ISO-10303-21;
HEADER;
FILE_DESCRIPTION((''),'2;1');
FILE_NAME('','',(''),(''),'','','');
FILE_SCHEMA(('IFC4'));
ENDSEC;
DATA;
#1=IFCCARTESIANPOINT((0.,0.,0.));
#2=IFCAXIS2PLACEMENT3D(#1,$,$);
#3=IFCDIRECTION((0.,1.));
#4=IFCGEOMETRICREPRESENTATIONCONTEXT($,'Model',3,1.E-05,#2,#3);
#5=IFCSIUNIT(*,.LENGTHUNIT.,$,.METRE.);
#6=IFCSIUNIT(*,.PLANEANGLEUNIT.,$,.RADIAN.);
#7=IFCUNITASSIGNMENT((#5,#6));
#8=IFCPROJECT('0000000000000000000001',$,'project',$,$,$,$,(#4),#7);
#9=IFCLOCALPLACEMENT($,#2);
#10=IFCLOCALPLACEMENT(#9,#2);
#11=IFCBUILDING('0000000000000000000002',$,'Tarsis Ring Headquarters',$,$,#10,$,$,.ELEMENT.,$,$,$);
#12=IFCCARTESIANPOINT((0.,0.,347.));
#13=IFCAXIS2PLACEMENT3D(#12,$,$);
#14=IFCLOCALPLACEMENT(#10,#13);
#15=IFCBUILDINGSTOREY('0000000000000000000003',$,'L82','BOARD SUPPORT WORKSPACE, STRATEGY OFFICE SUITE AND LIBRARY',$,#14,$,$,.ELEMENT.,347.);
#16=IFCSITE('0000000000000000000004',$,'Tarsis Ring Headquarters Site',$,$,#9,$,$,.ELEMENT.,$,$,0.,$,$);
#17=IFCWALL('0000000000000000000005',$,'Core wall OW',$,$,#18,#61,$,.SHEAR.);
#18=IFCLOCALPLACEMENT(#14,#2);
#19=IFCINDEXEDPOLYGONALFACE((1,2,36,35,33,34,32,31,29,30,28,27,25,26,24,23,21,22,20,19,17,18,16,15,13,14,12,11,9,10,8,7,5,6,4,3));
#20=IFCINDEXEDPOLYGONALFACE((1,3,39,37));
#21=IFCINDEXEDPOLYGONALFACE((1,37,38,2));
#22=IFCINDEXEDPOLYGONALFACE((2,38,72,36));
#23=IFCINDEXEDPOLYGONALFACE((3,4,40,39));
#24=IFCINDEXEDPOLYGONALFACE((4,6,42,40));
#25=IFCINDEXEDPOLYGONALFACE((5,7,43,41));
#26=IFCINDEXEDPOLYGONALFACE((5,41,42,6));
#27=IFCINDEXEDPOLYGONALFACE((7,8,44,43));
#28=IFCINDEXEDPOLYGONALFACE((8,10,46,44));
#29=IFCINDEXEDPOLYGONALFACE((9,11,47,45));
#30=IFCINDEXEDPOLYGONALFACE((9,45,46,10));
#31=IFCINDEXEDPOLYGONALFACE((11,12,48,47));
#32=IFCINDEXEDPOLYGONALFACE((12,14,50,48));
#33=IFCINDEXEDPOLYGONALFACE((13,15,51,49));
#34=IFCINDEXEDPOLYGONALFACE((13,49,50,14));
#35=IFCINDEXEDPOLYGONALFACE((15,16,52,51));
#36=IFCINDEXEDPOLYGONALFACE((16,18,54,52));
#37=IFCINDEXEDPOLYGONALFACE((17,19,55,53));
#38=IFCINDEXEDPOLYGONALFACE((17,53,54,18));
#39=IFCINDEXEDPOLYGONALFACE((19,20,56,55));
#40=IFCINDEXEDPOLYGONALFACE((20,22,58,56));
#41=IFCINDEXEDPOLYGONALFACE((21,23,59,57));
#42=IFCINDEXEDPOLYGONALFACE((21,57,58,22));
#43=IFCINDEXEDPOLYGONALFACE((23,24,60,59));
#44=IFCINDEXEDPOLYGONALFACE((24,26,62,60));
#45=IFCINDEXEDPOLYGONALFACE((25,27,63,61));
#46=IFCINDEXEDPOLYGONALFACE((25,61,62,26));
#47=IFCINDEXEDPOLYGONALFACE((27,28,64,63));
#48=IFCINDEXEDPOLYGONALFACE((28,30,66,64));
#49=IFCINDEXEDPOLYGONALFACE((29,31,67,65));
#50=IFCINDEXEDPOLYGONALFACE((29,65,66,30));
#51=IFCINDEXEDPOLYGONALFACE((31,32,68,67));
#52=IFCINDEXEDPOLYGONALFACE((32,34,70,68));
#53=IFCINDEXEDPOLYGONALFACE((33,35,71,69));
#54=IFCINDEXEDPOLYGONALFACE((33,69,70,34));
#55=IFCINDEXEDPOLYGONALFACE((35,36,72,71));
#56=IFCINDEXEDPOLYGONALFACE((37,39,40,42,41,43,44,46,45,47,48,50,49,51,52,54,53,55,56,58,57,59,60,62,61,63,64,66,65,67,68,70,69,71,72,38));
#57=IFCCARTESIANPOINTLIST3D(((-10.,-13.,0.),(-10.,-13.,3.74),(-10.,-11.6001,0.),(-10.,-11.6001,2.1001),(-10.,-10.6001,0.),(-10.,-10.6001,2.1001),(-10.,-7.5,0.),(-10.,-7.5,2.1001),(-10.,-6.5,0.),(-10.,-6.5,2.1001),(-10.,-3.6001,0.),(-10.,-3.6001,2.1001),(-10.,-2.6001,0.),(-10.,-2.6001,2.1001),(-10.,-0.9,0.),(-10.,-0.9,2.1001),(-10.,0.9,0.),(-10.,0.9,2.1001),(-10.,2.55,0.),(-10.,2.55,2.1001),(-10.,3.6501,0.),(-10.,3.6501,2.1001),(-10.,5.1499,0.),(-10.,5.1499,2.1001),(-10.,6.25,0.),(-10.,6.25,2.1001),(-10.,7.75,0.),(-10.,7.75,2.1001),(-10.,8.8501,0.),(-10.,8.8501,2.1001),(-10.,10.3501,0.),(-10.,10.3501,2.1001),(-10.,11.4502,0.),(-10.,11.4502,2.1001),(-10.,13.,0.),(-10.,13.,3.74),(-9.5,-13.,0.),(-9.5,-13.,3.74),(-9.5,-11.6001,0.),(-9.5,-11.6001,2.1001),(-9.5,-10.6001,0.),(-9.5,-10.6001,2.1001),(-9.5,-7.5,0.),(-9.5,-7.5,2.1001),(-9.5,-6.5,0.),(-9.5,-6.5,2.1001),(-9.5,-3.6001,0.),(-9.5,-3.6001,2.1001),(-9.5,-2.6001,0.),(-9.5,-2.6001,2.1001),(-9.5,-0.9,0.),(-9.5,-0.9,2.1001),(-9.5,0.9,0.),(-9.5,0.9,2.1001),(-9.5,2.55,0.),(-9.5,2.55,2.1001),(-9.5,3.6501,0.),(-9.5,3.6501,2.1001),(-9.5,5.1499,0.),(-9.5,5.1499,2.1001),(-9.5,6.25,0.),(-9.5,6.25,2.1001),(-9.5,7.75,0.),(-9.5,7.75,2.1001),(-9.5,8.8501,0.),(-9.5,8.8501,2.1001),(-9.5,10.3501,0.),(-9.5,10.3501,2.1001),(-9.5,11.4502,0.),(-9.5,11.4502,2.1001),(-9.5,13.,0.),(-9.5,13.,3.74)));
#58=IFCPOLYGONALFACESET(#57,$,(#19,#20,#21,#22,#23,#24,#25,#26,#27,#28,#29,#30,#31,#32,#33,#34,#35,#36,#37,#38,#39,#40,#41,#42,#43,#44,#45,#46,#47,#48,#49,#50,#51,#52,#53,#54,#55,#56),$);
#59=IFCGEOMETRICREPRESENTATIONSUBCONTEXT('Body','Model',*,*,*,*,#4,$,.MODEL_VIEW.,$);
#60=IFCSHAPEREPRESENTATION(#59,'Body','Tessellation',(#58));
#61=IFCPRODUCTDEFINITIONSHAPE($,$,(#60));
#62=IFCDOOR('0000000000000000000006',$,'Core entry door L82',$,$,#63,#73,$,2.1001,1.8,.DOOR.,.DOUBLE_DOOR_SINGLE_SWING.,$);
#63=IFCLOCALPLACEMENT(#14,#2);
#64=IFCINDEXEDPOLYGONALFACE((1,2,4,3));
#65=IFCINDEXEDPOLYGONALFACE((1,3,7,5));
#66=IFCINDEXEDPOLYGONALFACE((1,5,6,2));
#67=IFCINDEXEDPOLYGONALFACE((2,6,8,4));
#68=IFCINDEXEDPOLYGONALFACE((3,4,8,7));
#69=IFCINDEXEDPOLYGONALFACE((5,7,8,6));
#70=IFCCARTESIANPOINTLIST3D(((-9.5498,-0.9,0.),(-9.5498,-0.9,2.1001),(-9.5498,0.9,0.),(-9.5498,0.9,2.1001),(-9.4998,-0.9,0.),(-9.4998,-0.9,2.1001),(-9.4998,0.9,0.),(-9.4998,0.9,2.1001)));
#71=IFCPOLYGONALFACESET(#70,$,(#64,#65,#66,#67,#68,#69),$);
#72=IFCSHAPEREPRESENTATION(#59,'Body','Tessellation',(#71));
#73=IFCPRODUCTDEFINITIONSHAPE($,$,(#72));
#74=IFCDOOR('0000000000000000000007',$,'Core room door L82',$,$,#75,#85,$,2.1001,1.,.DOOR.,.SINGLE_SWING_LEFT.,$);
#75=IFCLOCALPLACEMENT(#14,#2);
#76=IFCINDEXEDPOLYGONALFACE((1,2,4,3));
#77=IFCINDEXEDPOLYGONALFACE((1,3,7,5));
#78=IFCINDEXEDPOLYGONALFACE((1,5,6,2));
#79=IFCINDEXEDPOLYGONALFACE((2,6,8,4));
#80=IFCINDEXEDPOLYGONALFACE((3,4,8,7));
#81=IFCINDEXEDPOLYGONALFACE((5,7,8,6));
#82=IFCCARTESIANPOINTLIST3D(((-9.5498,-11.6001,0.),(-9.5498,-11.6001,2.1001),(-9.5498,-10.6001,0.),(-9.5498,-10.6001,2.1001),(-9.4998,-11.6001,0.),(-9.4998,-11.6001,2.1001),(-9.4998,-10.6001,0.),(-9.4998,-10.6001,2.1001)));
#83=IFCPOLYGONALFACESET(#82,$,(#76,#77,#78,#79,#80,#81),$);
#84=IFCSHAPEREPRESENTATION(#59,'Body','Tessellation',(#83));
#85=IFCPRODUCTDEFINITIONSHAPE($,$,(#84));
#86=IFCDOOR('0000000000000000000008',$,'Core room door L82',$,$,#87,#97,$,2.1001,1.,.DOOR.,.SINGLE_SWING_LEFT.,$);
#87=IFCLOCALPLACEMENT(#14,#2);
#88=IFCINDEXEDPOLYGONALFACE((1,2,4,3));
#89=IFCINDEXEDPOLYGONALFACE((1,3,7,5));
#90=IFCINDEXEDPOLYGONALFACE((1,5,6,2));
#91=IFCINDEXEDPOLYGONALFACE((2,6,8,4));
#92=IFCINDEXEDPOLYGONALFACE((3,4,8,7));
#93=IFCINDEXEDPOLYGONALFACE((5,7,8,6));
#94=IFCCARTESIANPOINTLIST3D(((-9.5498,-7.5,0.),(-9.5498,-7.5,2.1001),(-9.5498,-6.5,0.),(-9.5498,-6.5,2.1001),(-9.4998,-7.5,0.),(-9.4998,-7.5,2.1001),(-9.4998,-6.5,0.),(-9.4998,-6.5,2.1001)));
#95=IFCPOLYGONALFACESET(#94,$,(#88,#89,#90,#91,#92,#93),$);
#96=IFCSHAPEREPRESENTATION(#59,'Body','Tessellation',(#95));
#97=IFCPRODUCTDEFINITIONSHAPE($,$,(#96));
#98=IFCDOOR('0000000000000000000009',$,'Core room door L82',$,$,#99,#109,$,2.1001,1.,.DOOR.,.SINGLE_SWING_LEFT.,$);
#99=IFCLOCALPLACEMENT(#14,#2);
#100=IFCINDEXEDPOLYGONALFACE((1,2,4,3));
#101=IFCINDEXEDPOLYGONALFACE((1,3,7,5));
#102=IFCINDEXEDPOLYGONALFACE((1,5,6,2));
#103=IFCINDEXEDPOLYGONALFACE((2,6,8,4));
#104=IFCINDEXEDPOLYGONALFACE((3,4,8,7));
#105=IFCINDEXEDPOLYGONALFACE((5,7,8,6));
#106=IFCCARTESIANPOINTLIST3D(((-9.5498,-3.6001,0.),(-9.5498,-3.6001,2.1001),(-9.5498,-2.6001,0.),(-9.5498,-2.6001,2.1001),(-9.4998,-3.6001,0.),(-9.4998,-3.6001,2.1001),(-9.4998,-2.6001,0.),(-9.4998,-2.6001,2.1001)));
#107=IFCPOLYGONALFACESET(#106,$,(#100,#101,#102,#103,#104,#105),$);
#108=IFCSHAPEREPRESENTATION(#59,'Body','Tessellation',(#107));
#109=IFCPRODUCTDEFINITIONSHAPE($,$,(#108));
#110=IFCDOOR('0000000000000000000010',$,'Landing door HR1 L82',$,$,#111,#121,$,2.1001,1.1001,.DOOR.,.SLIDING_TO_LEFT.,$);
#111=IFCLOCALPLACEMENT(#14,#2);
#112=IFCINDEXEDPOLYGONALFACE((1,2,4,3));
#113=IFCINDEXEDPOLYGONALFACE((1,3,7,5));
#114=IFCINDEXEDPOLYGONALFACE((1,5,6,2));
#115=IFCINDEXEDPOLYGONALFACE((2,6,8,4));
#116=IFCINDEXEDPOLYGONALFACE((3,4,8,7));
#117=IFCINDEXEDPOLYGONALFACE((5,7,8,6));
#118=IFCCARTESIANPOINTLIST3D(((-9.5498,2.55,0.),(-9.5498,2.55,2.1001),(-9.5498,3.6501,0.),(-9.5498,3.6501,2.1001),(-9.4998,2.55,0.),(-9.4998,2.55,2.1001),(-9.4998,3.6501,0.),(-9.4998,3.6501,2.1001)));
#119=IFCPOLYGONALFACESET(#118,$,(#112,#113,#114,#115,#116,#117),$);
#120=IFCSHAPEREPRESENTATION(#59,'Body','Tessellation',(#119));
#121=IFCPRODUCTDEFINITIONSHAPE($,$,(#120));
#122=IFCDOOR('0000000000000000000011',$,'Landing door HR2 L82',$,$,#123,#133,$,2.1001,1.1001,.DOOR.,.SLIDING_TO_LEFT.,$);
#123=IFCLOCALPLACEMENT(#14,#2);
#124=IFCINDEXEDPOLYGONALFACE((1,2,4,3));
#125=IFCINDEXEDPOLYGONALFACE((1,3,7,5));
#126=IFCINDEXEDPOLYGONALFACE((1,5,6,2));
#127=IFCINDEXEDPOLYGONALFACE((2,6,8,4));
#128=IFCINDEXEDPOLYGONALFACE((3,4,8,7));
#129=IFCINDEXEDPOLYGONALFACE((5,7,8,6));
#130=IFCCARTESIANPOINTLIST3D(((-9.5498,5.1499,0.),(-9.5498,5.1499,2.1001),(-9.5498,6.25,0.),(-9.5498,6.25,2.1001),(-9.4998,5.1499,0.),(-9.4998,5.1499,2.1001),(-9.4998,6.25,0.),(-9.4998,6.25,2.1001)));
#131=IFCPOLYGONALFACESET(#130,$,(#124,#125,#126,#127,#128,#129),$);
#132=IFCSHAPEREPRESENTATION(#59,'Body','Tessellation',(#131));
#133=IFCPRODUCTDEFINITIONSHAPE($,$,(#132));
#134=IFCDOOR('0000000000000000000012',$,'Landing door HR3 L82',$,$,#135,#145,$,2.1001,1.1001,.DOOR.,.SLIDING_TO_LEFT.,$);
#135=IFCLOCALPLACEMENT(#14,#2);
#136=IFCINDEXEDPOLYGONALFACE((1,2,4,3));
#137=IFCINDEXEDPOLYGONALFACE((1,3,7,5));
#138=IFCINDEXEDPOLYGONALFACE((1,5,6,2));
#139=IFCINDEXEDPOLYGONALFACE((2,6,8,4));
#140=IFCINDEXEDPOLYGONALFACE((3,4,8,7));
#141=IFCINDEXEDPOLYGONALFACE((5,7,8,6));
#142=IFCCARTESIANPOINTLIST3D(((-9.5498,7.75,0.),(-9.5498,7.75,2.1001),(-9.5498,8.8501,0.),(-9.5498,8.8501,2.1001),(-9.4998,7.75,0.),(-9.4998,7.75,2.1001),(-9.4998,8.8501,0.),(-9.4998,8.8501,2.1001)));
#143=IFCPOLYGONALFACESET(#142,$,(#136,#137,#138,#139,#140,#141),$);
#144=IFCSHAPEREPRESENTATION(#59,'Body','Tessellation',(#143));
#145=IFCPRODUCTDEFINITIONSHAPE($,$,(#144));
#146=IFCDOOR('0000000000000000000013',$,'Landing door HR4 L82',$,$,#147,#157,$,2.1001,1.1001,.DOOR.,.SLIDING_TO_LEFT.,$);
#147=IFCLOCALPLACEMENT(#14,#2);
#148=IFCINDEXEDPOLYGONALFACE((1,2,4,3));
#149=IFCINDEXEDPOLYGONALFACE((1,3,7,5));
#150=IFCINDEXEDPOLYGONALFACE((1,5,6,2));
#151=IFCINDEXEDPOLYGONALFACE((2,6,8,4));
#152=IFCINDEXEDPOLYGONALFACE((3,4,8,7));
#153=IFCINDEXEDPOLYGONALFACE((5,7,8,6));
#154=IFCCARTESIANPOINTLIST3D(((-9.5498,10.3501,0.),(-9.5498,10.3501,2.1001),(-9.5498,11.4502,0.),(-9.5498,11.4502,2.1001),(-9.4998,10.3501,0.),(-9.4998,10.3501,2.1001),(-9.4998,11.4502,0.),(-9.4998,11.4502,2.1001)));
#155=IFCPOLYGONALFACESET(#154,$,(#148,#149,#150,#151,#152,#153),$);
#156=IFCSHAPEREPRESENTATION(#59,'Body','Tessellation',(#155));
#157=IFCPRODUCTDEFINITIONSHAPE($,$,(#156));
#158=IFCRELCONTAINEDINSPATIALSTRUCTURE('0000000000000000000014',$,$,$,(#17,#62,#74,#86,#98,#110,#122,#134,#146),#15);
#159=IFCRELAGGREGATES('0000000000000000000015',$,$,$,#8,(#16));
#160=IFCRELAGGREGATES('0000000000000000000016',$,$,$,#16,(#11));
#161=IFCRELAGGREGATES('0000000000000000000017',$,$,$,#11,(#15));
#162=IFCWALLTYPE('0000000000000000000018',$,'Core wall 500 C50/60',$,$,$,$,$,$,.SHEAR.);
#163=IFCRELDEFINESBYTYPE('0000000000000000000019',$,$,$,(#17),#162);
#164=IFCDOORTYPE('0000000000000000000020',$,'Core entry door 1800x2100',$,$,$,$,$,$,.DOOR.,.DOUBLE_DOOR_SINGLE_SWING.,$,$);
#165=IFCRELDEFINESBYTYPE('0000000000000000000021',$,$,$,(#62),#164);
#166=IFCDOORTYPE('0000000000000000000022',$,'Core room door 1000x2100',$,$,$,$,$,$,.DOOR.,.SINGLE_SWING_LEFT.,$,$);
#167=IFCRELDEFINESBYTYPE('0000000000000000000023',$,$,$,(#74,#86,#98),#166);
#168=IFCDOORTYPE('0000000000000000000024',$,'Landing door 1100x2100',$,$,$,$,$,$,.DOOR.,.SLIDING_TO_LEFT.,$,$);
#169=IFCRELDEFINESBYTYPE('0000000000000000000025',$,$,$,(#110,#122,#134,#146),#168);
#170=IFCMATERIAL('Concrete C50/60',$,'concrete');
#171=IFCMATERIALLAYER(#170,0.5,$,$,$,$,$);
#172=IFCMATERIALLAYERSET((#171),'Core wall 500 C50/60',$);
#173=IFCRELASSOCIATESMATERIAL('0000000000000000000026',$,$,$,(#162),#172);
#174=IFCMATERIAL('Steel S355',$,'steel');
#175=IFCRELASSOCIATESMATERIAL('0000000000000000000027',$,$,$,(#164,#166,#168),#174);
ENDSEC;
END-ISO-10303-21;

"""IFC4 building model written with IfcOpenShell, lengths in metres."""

from ifc_helpers import new_model, si_unit, direction, frame, frame_2d, origin, place, context, subcontext, project, spatial, rectangle, extrude, material, layer, layer_set, type_object, element, fill, save


model = new_model("IFC4")

# Units and contexts
model_context = context("Model", 3, precision=1e-05, world=origin(), true_north=direction((0.0, 1.0)))
body_context = subcontext(model_context, "Body", "Model", "MODEL_VIEW")
ifc_project = project(units=[si_unit("LENGTHUNIT", "METRE"), si_unit("PLANEANGLEUNIT", "RADIAN")], contexts=[model_context])

# Site, building, storey
site_placement = place(None, origin())
site = spatial("IfcSite", under=ifc_project, at=site_placement, Name="Tarsis Ring Headquarters Site", CompositionType="ELEMENT", RefElevation=0.0)
building_placement = place(site_placement, origin())
building = spatial("IfcBuilding", under=site, at=building_placement, Name="Tarsis Ring Headquarters", CompositionType="ELEMENT")
storey_placement = place(building_placement, frame((0.0, 0.0, 347.0)))
storey = spatial("IfcBuildingStorey", under=building, at=storey_placement, Name="L82", Description="BOARD SUPPORT WORKSPACE, STRATEGY OFFICE SUITE AND LIBRARY", CompositionType="ELEMENT", Elevation=347.0)

# Wall, openings, doors
ifc_material_1 = material(Name="Concrete C50/60", Category="concrete")
ifc_layer_1 = layer(ifc_material_1, 0.5)
ifc_layer_set_1 = layer_set([ifc_layer_1], Name="Core wall 500 C50/60")
wall_type_1 = type_object("IfcWallType", Name="Core wall 500 C50/60", PredefinedType="SHEAR", material=ifc_layer_set_1)
wall_1_placement = place(storey_placement, frame((-9.75, -13.0, 0.0), z_axis=(0.0, 0.0, 1.0), x_axis=(0.0, 1.0, 0.0)))
wall_1 = element("IfcWall", 1, at=wall_1_placement, inside=storey, type_object=wall_type_1, Name="Core wall OW", PredefinedType="SHEAR", context=body_context, shape_type="SweptSolid", body=[
    extrude(rectangle(XDim=26.0, YDim=0.5, at=frame_2d((13.0, 0.0))), origin(), (0.0, 0.0, 1.0), 3.74),
])
opening_1_placement = place(wall_1_placement, frame((1.3999, 0.0, 0.0)))
opening_1 = element("IfcOpeningElement", 2, at=opening_1_placement, cuts=wall_1, PredefinedType="OPENING", context=body_context, shape_type="SweptSolid", body=[
    extrude(rectangle(XDim=1.0, YDim=2.1001, at=frame_2d((0.5, 1.05))), frame((0.0, 0.26, 0.0), z_axis=(0.0, -1.0, 0.0), x_axis=(1.0, 0.0, 0.0)), (0.0, 0.0, 1.0), 0.52),
])
opening_2_placement = place(wall_1_placement, frame((5.5, 0.0, 0.0)))
opening_2 = element("IfcOpeningElement", 3, at=opening_2_placement, cuts=wall_1, PredefinedType="OPENING", context=body_context, shape_type="SweptSolid", body=[
    extrude(rectangle(XDim=1.0, YDim=2.1001, at=frame_2d((0.5, 1.05))), frame((0.0, 0.26, 0.0), z_axis=(0.0, -1.0, 0.0), x_axis=(1.0, 0.0, 0.0)), (0.0, 0.0, 1.0), 0.52),
])
opening_3_placement = place(wall_1_placement, frame((9.3999, 0.0, 0.0)))
opening_3 = element("IfcOpeningElement", 4, at=opening_3_placement, cuts=wall_1, PredefinedType="OPENING", context=body_context, shape_type="SweptSolid", body=[
    extrude(rectangle(XDim=1.0, YDim=2.1001, at=frame_2d((0.5, 1.05))), frame((0.0, 0.26, 0.0), z_axis=(0.0, -1.0, 0.0), x_axis=(1.0, 0.0, 0.0)), (0.0, 0.0, 1.0), 0.52),
])
opening_4_placement = place(wall_1_placement, frame((12.1001, 0.0, 0.0)))
opening_4 = element("IfcOpeningElement", 5, at=opening_4_placement, cuts=wall_1, PredefinedType="OPENING", context=body_context, shape_type="SweptSolid", body=[
    extrude(rectangle(XDim=1.8, YDim=2.1001, at=frame_2d((0.8999, 1.05))), frame((0.0, 0.26, 0.0), z_axis=(0.0, -1.0, 0.0), x_axis=(1.0, 0.0, 0.0)), (0.0, 0.0, 1.0), 0.52),
])
opening_5_placement = place(wall_1_placement, frame((15.55, 0.0, 0.0)))
opening_5 = element("IfcOpeningElement", 6, at=opening_5_placement, cuts=wall_1, PredefinedType="OPENING", context=body_context, shape_type="SweptSolid", body=[
    extrude(rectangle(XDim=1.1001, YDim=2.1001, at=frame_2d((0.55, 1.05))), frame((0.0, 0.26, 0.0), z_axis=(0.0, -1.0, 0.0), x_axis=(1.0, 0.0, 0.0)), (0.0, 0.0, 1.0), 0.52),
])
opening_6_placement = place(wall_1_placement, frame((18.1499, 0.0, 0.0)))
opening_6 = element("IfcOpeningElement", 7, at=opening_6_placement, cuts=wall_1, PredefinedType="OPENING", context=body_context, shape_type="SweptSolid", body=[
    extrude(rectangle(XDim=1.1001, YDim=2.1001, at=frame_2d((0.55, 1.05))), frame((0.0, 0.26, 0.0), z_axis=(0.0, -1.0, 0.0), x_axis=(1.0, 0.0, 0.0)), (0.0, 0.0, 1.0), 0.52),
])
opening_7_placement = place(wall_1_placement, frame((20.75, 0.0, 0.0)))
opening_7 = element("IfcOpeningElement", 8, at=opening_7_placement, cuts=wall_1, PredefinedType="OPENING", context=body_context, shape_type="SweptSolid", body=[
    extrude(rectangle(XDim=1.1001, YDim=2.1001, at=frame_2d((0.55, 1.05))), frame((0.0, 0.26, 0.0), z_axis=(0.0, -1.0, 0.0), x_axis=(1.0, 0.0, 0.0)), (0.0, 0.0, 1.0), 0.52),
])
opening_8_placement = place(wall_1_placement, frame((23.3501, 0.0, 0.0)))
opening_8 = element("IfcOpeningElement", 9, at=opening_8_placement, cuts=wall_1, PredefinedType="OPENING", context=body_context, shape_type="SweptSolid", body=[
    extrude(rectangle(XDim=1.1001, YDim=2.1001, at=frame_2d((0.55, 1.05))), frame((0.0, 0.26, 0.0), z_axis=(0.0, -1.0, 0.0), x_axis=(1.0, 0.0, 0.0)), (0.0, 0.0, 1.0), 0.52),
])
ifc_material_2 = material(Name="Steel S355", Category="steel")
door_type_1 = type_object("IfcDoorType", Name="Core entry door 1800x2100", OperationType="DOUBLE_DOOR_SINGLE_SWING", PredefinedType="DOOR", material=ifc_material_2)
door_1_placement = place(opening_4_placement, origin())
door_1 = element("IfcDoor", 10, at=door_1_placement, inside=storey, type_object=door_type_1, Name="Core entry door L82", OperationType="DOUBLE_DOOR_SINGLE_SWING", OverallHeight=2.1001, OverallWidth=1.8, PredefinedType="DOOR", context=body_context, shape_type="SweptSolid", body=[
    extrude(rectangle(XDim=1.8, YDim=2.1001, at=frame_2d((0.8999, 1.05))), frame((0.0, -0.2002, 0.0), z_axis=(0.0, -1.0, 0.0), x_axis=(1.0, 0.0, 0.0)), (0.0, 0.0, 1.0), 0.05),
])
fill(opening_4, door_1)
door_type_2 = type_object("IfcDoorType", Name="Core room door 1000x2100", OperationType="SINGLE_SWING_LEFT", PredefinedType="DOOR", material=ifc_material_2)
door_2_placement = place(opening_1_placement, origin())
door_2 = element("IfcDoor", 11, at=door_2_placement, inside=storey, type_object=door_type_2, Name="Core room door L82", OperationType="SINGLE_SWING_LEFT", OverallHeight=2.1001, OverallWidth=1.0, PredefinedType="DOOR", context=body_context, shape_type="SweptSolid", body=[
    extrude(rectangle(XDim=1.0, YDim=2.1001, at=frame_2d((0.5, 1.05))), frame((0.0, -0.2002, 0.0), z_axis=(0.0, -1.0, 0.0), x_axis=(1.0, 0.0, 0.0)), (0.0, 0.0, 1.0), 0.05),
])
fill(opening_1, door_2)
door_3_placement = place(opening_2_placement, origin())
door_3 = element("IfcDoor", 12, at=door_3_placement, inside=storey, type_object=door_type_2, Name="Core room door L82", OperationType="SINGLE_SWING_LEFT", OverallHeight=2.1001, OverallWidth=1.0, PredefinedType="DOOR", context=body_context, shape_type="SweptSolid", body=[
    extrude(rectangle(XDim=1.0, YDim=2.1001, at=frame_2d((0.5, 1.05))), frame((0.0, -0.2002, 0.0), z_axis=(0.0, -1.0, 0.0), x_axis=(1.0, 0.0, 0.0)), (0.0, 0.0, 1.0), 0.05),
])
fill(opening_2, door_3)
door_4_placement = place(opening_3_placement, origin())
door_4 = element("IfcDoor", 13, at=door_4_placement, inside=storey, type_object=door_type_2, Name="Core room door L82", OperationType="SINGLE_SWING_LEFT", OverallHeight=2.1001, OverallWidth=1.0, PredefinedType="DOOR", context=body_context, shape_type="SweptSolid", body=[
    extrude(rectangle(XDim=1.0, YDim=2.1001, at=frame_2d((0.5, 1.05))), frame((0.0, -0.2002, 0.0), z_axis=(0.0, -1.0, 0.0), x_axis=(1.0, 0.0, 0.0)), (0.0, 0.0, 1.0), 0.05),
])
fill(opening_3, door_4)
door_type_3 = type_object("IfcDoorType", Name="Landing door 1100x2100", OperationType="SLIDING_TO_LEFT", PredefinedType="DOOR", material=ifc_material_2)
door_5_placement = place(opening_5_placement, origin())
door_5 = element("IfcDoor", 14, at=door_5_placement, inside=storey, type_object=door_type_3, Name="Landing door HR1 L82", OperationType="SLIDING_TO_LEFT", OverallHeight=2.1001, OverallWidth=1.1001, PredefinedType="DOOR", context=body_context, shape_type="SweptSolid", body=[
    extrude(rectangle(XDim=1.1001, YDim=2.1001, at=frame_2d((0.55, 1.05))), frame((0.0, -0.2002, 0.0), z_axis=(0.0, -1.0, 0.0), x_axis=(1.0, 0.0, 0.0)), (0.0, 0.0, 1.0), 0.05),
])
fill(opening_5, door_5)
door_6_placement = place(opening_6_placement, origin())
door_6 = element("IfcDoor", 15, at=door_6_placement, inside=storey, type_object=door_type_3, Name="Landing door HR2 L82", OperationType="SLIDING_TO_LEFT", OverallHeight=2.1001, OverallWidth=1.1001, PredefinedType="DOOR", context=body_context, shape_type="SweptSolid", body=[
    extrude(rectangle(XDim=1.1001, YDim=2.1001, at=frame_2d((0.55, 1.05))), frame((0.0, -0.2002, 0.0), z_axis=(0.0, -1.0, 0.0), x_axis=(1.0, 0.0, 0.0)), (0.0, 0.0, 1.0), 0.05),
])
fill(opening_6, door_6)
door_7_placement = place(opening_7_placement, origin())
door_7 = element("IfcDoor", 16, at=door_7_placement, inside=storey, type_object=door_type_3, Name="Landing door HR3 L82", OperationType="SLIDING_TO_LEFT", OverallHeight=2.1001, OverallWidth=1.1001, PredefinedType="DOOR", context=body_context, shape_type="SweptSolid", body=[
    extrude(rectangle(XDim=1.1001, YDim=2.1001, at=frame_2d((0.55, 1.05))), frame((0.0, -0.2002, 0.0), z_axis=(0.0, -1.0, 0.0), x_axis=(1.0, 0.0, 0.0)), (0.0, 0.0, 1.0), 0.05),
])
fill(opening_7, door_7)
door_8_placement = place(opening_8_placement, origin())
door_8 = element("IfcDoor", 17, at=door_8_placement, inside=storey, type_object=door_type_3, Name="Landing door HR4 L82", OperationType="SLIDING_TO_LEFT", OverallHeight=2.1001, OverallWidth=1.1001, PredefinedType="DOOR", context=body_context, shape_type="SweptSolid", body=[
    extrude(rectangle(XDim=1.1001, YDim=2.1001, at=frame_2d((0.55, 1.05))), frame((0.0, -0.2002, 0.0), z_axis=(0.0, -1.0, 0.0), x_axis=(1.0, 0.0, 0.0)), (0.0, 0.0, 1.0), 0.05),
])
fill(opening_8, door_8)

save(model, "model.ifc")
